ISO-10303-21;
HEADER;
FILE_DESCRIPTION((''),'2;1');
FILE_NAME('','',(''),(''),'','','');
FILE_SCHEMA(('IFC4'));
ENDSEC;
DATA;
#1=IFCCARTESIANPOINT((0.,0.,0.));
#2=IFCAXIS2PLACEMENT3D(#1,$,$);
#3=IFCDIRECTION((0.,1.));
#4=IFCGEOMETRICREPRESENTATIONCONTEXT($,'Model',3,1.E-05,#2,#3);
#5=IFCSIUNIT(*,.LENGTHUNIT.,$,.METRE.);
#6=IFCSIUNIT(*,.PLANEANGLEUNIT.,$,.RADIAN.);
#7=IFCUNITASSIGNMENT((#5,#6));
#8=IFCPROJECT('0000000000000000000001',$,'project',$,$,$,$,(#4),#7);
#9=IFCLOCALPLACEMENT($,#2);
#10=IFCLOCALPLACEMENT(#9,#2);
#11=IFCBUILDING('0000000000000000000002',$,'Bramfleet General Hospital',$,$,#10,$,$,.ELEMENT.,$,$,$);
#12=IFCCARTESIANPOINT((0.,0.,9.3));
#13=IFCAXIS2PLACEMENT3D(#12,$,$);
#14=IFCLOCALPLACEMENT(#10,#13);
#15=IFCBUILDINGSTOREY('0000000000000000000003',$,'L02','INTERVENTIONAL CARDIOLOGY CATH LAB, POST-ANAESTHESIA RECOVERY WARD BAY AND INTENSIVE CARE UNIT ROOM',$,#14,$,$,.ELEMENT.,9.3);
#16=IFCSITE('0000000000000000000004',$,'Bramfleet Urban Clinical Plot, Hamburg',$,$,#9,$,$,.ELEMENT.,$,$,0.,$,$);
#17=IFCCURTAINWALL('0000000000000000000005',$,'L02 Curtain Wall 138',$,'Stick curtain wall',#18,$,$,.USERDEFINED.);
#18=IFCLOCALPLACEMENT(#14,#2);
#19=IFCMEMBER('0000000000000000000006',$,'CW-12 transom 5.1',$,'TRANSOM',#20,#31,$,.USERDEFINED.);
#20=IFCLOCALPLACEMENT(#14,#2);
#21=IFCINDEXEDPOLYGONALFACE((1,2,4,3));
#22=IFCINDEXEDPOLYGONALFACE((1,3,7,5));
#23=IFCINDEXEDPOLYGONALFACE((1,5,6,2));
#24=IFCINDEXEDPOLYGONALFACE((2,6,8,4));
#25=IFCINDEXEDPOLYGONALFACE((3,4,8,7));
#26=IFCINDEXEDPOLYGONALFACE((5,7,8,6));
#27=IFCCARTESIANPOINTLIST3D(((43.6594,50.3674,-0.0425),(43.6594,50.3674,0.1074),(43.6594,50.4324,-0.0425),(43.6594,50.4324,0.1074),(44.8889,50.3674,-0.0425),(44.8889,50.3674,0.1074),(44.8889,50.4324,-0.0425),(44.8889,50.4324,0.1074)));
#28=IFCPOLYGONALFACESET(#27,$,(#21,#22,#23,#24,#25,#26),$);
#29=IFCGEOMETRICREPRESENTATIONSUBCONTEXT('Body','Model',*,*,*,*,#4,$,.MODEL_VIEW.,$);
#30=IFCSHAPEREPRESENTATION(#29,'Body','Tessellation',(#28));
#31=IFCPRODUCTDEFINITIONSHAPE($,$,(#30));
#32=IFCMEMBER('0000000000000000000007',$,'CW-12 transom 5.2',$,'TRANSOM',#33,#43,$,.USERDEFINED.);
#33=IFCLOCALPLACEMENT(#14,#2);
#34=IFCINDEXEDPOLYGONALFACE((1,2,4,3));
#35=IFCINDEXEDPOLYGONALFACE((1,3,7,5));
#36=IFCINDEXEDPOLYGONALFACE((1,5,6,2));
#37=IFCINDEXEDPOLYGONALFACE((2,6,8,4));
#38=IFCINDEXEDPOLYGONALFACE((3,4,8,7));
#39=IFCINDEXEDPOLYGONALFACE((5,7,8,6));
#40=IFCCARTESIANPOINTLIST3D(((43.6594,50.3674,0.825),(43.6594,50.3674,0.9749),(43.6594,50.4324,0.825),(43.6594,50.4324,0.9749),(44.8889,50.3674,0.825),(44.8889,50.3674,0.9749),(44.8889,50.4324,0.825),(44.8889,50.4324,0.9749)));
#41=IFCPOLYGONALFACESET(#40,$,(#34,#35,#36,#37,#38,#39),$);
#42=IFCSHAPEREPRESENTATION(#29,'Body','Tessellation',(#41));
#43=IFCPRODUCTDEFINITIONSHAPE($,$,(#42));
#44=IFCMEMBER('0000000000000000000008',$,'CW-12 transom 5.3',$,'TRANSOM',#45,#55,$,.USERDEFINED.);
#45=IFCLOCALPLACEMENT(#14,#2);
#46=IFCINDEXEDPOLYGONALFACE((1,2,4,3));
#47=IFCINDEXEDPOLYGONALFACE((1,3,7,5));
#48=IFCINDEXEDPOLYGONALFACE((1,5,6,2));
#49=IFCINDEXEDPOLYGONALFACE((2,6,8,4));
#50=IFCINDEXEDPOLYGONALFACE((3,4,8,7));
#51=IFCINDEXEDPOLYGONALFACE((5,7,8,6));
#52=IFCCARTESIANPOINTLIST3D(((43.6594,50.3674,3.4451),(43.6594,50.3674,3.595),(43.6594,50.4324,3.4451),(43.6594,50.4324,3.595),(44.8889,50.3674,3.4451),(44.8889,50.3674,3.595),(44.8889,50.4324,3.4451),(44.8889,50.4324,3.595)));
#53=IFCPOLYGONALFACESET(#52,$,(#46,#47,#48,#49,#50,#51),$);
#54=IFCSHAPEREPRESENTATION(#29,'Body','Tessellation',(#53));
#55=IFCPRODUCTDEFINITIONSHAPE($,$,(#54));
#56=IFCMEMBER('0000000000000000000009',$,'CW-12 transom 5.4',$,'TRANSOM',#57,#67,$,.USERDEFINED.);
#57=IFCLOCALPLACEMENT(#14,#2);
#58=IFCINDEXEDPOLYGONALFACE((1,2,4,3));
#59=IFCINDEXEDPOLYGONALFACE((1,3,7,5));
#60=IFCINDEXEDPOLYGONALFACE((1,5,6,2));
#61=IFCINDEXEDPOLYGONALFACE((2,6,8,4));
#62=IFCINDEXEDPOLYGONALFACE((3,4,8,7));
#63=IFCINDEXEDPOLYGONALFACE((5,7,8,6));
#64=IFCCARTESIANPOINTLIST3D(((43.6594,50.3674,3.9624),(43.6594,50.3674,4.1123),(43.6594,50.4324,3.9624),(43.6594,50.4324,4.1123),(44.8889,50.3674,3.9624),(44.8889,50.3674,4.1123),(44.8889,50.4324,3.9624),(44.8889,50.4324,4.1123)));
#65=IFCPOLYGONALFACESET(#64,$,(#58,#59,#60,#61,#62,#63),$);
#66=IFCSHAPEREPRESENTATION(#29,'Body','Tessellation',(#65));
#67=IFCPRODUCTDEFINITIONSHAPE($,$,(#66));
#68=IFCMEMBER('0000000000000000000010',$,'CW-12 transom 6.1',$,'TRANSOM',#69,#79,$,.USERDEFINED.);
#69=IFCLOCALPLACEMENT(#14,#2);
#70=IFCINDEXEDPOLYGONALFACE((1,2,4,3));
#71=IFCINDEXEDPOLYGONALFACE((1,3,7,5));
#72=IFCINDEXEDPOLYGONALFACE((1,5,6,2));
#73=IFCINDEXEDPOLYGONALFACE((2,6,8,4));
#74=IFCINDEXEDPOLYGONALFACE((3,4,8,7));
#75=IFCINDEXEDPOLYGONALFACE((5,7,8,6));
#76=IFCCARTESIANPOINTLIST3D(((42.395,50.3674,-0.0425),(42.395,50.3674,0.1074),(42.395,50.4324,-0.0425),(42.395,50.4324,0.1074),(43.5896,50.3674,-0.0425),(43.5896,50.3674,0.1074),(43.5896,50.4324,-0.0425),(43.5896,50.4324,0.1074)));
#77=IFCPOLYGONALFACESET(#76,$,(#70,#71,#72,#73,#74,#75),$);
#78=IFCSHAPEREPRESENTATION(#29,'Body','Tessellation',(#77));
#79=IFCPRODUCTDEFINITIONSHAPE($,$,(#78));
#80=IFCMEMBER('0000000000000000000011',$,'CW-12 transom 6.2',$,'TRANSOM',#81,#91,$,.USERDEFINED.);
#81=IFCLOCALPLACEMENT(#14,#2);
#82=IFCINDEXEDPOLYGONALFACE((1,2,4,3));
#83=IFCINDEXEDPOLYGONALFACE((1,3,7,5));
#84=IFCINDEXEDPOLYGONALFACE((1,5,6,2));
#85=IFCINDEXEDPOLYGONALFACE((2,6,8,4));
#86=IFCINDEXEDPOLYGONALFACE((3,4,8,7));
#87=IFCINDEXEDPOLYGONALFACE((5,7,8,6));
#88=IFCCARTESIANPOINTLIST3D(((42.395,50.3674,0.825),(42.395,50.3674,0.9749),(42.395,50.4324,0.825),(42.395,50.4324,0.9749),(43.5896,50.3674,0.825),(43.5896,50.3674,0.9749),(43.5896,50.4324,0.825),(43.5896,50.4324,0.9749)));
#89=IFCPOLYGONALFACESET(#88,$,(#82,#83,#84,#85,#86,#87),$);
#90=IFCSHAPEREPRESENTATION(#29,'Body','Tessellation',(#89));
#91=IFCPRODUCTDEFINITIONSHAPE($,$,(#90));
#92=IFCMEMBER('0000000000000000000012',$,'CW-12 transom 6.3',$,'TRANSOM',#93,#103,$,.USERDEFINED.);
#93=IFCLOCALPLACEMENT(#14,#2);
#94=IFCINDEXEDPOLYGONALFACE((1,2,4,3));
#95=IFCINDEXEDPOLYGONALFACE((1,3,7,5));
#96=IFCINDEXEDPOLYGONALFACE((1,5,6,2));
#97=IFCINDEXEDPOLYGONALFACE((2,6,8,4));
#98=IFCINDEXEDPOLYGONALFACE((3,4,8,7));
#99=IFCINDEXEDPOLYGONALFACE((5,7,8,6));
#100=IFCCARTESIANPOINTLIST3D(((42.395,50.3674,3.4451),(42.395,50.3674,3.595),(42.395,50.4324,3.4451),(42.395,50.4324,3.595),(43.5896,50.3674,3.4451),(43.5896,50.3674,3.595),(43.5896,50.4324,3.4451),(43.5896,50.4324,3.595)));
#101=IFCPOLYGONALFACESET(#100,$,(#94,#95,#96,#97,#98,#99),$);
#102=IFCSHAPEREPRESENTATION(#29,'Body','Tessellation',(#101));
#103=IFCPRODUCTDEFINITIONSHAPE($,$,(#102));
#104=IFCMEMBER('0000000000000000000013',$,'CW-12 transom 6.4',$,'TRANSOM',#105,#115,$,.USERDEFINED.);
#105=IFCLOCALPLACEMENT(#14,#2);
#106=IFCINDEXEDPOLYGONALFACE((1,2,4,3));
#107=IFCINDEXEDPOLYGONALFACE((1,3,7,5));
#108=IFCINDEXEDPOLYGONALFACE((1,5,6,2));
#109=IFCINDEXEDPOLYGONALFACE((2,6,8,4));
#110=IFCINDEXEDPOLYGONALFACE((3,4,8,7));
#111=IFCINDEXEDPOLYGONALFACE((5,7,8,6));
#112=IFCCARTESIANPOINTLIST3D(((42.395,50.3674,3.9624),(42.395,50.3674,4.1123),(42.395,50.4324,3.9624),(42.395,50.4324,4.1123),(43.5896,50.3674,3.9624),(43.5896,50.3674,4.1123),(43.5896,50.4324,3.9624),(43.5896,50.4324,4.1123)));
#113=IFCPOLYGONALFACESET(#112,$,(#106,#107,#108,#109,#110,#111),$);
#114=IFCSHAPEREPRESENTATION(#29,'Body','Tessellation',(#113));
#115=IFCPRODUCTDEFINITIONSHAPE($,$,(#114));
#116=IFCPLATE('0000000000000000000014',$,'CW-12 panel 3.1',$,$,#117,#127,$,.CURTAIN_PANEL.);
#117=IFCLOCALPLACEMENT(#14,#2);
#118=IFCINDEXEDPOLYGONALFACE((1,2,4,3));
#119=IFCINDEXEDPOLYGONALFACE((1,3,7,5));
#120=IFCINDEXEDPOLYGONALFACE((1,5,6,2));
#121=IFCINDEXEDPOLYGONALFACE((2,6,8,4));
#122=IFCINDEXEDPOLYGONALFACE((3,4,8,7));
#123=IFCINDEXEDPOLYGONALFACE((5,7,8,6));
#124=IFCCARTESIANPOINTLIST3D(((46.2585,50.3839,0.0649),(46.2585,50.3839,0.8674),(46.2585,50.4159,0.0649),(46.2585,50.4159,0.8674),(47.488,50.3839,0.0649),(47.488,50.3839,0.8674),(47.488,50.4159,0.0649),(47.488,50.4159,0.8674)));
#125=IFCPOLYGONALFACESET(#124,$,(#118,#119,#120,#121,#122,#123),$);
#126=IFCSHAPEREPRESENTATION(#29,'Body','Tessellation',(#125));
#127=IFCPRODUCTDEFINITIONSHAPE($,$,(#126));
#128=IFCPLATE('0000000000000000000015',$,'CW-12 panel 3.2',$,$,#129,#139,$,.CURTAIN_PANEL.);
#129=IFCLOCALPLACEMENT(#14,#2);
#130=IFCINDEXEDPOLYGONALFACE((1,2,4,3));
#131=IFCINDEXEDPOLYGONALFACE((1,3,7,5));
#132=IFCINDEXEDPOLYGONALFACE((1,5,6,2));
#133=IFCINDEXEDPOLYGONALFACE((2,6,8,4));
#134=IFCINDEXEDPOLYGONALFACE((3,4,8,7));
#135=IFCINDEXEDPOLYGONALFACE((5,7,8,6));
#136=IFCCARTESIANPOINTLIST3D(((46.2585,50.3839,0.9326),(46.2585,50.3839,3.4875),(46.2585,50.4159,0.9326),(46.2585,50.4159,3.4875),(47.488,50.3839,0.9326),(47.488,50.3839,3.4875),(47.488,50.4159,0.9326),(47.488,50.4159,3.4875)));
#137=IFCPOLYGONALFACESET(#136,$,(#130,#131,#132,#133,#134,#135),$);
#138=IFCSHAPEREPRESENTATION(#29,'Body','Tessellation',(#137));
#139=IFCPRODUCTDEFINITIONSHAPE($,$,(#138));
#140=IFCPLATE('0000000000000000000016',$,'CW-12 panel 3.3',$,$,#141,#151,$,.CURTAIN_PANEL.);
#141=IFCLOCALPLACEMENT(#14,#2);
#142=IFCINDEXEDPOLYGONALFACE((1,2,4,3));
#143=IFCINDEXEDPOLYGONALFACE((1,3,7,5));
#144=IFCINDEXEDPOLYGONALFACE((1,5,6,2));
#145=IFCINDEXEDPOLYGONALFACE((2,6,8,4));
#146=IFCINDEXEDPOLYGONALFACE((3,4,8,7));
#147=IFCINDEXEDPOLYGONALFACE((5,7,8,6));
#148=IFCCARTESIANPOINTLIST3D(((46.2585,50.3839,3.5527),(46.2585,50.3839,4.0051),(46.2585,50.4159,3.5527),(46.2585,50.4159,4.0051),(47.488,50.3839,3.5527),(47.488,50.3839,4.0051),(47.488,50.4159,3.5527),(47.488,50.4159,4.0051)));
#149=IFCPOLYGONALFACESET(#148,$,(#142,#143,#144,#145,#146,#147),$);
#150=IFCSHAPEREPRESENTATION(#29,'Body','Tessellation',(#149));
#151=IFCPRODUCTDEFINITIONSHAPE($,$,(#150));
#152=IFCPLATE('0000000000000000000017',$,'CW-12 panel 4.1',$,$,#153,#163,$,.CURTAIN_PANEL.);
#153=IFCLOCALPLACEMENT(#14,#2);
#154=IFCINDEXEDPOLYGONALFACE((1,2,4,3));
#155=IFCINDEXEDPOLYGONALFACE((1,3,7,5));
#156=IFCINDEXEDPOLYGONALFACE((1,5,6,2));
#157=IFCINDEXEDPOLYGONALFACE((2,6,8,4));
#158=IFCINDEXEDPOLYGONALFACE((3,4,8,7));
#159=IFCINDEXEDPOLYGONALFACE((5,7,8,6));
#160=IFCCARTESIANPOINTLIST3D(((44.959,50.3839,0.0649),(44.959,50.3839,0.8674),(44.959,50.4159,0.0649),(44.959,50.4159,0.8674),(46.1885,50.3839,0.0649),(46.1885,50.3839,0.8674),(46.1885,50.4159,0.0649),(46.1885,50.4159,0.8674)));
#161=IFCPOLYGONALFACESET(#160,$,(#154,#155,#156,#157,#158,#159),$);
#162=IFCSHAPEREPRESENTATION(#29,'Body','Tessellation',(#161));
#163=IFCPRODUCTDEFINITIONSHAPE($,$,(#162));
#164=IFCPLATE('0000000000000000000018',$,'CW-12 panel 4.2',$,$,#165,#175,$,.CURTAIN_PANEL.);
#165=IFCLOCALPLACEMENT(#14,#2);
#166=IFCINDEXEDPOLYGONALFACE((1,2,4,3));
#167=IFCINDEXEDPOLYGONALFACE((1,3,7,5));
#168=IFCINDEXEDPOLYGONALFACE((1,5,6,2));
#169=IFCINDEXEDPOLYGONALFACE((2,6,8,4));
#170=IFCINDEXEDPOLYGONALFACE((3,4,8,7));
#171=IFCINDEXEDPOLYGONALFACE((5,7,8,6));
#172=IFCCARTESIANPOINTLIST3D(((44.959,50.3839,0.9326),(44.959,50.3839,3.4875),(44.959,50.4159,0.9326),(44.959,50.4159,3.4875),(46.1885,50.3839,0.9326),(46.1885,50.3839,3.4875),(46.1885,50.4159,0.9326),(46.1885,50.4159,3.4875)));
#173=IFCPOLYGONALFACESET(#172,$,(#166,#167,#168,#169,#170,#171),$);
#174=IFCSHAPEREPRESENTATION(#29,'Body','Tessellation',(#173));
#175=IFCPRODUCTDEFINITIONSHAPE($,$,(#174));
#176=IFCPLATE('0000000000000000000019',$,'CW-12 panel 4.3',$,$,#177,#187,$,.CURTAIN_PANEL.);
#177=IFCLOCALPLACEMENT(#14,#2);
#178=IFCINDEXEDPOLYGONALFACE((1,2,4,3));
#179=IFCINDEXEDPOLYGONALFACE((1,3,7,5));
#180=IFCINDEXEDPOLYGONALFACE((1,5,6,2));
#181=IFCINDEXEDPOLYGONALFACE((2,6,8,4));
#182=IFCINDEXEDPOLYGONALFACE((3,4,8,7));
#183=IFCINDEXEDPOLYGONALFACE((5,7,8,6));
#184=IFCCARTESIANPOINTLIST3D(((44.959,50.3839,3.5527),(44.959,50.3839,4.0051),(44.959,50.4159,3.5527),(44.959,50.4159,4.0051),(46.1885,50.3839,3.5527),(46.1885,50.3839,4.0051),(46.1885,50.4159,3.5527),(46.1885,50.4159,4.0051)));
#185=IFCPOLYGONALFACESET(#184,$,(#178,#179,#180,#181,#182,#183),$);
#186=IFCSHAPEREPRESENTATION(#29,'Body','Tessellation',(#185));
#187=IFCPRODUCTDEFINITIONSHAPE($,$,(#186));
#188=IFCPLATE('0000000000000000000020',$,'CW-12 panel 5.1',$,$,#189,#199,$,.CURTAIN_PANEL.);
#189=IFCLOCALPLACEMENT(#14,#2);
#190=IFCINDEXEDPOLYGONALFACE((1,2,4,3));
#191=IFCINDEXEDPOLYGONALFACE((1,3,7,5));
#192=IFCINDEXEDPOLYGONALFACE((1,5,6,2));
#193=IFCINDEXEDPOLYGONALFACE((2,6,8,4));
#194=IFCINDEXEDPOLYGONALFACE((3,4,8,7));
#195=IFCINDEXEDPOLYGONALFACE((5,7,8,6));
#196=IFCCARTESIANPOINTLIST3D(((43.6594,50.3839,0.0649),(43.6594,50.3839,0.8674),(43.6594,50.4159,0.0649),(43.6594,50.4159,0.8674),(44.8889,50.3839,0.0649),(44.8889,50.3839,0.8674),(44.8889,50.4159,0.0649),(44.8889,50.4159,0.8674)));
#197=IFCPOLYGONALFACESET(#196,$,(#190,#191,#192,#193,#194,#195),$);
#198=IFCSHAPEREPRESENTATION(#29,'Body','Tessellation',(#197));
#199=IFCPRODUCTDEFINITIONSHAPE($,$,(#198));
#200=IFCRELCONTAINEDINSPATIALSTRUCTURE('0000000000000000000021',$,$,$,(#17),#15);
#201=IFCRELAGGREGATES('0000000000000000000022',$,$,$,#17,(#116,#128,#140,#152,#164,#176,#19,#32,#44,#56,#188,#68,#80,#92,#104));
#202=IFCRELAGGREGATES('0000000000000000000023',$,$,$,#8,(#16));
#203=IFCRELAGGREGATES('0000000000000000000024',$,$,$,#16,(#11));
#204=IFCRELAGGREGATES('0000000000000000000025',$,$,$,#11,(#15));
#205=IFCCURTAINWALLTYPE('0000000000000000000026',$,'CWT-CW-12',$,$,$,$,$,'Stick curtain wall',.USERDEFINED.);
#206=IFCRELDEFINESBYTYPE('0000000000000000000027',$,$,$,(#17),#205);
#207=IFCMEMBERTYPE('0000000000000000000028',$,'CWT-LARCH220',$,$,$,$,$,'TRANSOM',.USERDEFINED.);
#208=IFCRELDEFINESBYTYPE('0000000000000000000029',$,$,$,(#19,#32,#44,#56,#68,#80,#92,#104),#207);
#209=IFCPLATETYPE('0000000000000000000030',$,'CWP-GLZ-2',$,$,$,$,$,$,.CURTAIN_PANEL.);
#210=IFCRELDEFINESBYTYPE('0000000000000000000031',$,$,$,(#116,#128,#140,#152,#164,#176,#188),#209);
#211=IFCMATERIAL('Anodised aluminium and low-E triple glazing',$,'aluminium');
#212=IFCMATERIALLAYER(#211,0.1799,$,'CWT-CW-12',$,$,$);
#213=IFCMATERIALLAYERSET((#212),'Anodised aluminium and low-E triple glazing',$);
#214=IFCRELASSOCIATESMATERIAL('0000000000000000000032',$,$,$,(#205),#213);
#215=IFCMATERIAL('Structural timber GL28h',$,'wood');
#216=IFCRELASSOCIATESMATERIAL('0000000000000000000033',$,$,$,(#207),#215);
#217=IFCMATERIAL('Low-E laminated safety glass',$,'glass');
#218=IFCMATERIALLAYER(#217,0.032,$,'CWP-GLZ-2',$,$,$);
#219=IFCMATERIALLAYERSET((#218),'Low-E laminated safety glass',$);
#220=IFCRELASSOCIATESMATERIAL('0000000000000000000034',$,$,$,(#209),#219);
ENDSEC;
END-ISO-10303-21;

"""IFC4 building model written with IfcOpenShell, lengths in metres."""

from ifc_helpers import new_model, si_unit, direction, frame, origin, origin_2d, place, context, subcontext, project, spatial, rectangle, extrude, material, layer, layer_set, material_profile, profile_set, type_object, element, aggregate, save


model = new_model("IFC4")

# Units and contexts
model_context = context("Model", 3, precision=1e-05, world=origin(), true_north=direction((0.0, 1.0)))
body_context = subcontext(model_context, "Body", "Model", "MODEL_VIEW")
ifc_project = project(units=[si_unit("LENGTHUNIT", "METRE"), si_unit("PLANEANGLEUNIT", "RADIAN")], contexts=[model_context])

# Site, building, storey
site_placement = place(None, origin())
site = spatial("IfcSite", under=ifc_project, at=site_placement, Name="Bramfleet Urban Clinical Plot, Hamburg", CompositionType="ELEMENT", RefElevation=0.0)
building_placement = place(site_placement, origin())
building = spatial("IfcBuilding", under=site, at=building_placement, Name="Bramfleet General Hospital", CompositionType="ELEMENT")
storey_placement = place(building_placement, frame((0.0, 0.0, 9.3)))
storey = spatial("IfcBuildingStorey", under=building, at=storey_placement, Name="L02", Description="INTERVENTIONAL CARDIOLOGY CATH LAB, POST-ANAESTHESIA RECOVERY WARD BAY AND INTENSIVE CARE UNIT ROOM", CompositionType="ELEMENT", Elevation=9.3)

# Curtain wall
ifc_material_1 = material(Name="Anodised aluminium and low-E triple glazing", Category="aluminium")
ifc_layer_1 = layer(ifc_material_1, 0.1799, Name="CWT-CW-12")
ifc_layer_set_1 = layer_set([ifc_layer_1], Name="Anodised aluminium and low-E triple glazing")
curtain_wall_type_1 = type_object("IfcCurtainWallType", Name="CWT-CW-12", ElementType="Stick curtain wall", PredefinedType="USERDEFINED", material=ifc_layer_set_1)
curtain_wall_1_placement = place(storey_placement, origin())
curtain_wall_1 = element("IfcCurtainWall", 1, at=curtain_wall_1_placement, inside=storey, type_object=curtain_wall_type_1, Name="L02 Curtain Wall 138", ObjectType="Stick curtain wall", PredefinedType="USERDEFINED")
ifc_material_2 = material(Name="Structural timber GL28h", Category="wood")

# Members
ifc_material_profile_1 = material_profile(ifc_material_2, rectangle(XDim=0.0649, YDim=0.1499, at=origin_2d()), Name="LARCH 150x65")
ifc_profile_set_1 = profile_set([ifc_material_profile_1], Name="Structural timber GL28h")
member_type_1 = type_object("IfcMemberType", Name="CWT-LARCH220", ElementType="TRANSOM", PredefinedType="USERDEFINED", material=ifc_profile_set_1)
member_1_placement = place(storey_placement, frame((44.8889, 50.3999, 0.0325), z_axis=(-1.0, 0.0, 0.0), x_axis=(0.0, -1.0, 0.0)))
member_1 = element("IfcMember", 2, at=member_1_placement, type_object=member_type_1, Name="CW-12 transom 5.1", ObjectType="TRANSOM", PredefinedType="USERDEFINED", context=body_context, shape_type="SweptSolid", body=[
    extrude(rectangle(XDim=0.0649, YDim=0.1499, at=origin_2d()), origin(), (0.0, 0.0, 1.0), 1.2295),
])
member_2_placement = place(storey_placement, frame((44.8889, 50.3999, 0.8999), z_axis=(-1.0, 0.0, 0.0), x_axis=(0.0, -1.0, 0.0)))
member_2 = element("IfcMember", 3, at=member_2_placement, type_object=member_type_1, Name="CW-12 transom 5.2", ObjectType="TRANSOM", PredefinedType="USERDEFINED", context=body_context, shape_type="SweptSolid", body=[
    extrude(rectangle(XDim=0.0649, YDim=0.1499, at=origin_2d()), origin(), (0.0, 0.0, 1.0), 1.2295),
])
member_3_placement = place(storey_placement, frame((44.8889, 50.3999, 3.52), z_axis=(-1.0, 0.0, 0.0), x_axis=(0.0, -1.0, 0.0)))
member_3 = element("IfcMember", 4, at=member_3_placement, type_object=member_type_1, Name="CW-12 transom 5.3", ObjectType="TRANSOM", PredefinedType="USERDEFINED", context=body_context, shape_type="SweptSolid", body=[
    extrude(rectangle(XDim=0.0649, YDim=0.1499, at=origin_2d()), origin(), (0.0, 0.0, 1.0), 1.2295),
])
member_4_placement = place(storey_placement, frame((44.8889, 50.3999, 4.0374), z_axis=(-1.0, 0.0, 0.0), x_axis=(0.0, -1.0, 0.0)))
member_4 = element("IfcMember", 5, at=member_4_placement, type_object=member_type_1, Name="CW-12 transom 5.4", ObjectType="TRANSOM", PredefinedType="USERDEFINED", context=body_context, shape_type="SweptSolid", body=[
    extrude(rectangle(XDim=0.0649, YDim=0.1499, at=origin_2d()), origin(), (0.0, 0.0, 1.0), 1.2295),
])
member_5_placement = place(storey_placement, frame((43.5896, 50.3999, 0.0325), z_axis=(-1.0, 0.0, 0.0), x_axis=(0.0, -1.0, 0.0)))
member_5 = element("IfcMember", 6, at=member_5_placement, type_object=member_type_1, Name="CW-12 transom 6.1", ObjectType="TRANSOM", PredefinedType="USERDEFINED", context=body_context, shape_type="SweptSolid", body=[
    extrude(rectangle(XDim=0.0649, YDim=0.1499, at=origin_2d()), origin(), (0.0, 0.0, 1.0), 1.1946),
])
member_6_placement = place(storey_placement, frame((43.5896, 50.3999, 0.8999), z_axis=(-1.0, 0.0, 0.0), x_axis=(0.0, -1.0, 0.0)))
member_6 = element("IfcMember", 7, at=member_6_placement, type_object=member_type_1, Name="CW-12 transom 6.2", ObjectType="TRANSOM", PredefinedType="USERDEFINED", context=body_context, shape_type="SweptSolid", body=[
    extrude(rectangle(XDim=0.0649, YDim=0.1499, at=origin_2d()), origin(), (0.0, 0.0, 1.0), 1.1946),
])
member_7_placement = place(storey_placement, frame((43.5896, 50.3999, 3.52), z_axis=(-1.0, 0.0, 0.0), x_axis=(0.0, -1.0, 0.0)))
member_7 = element("IfcMember", 8, at=member_7_placement, type_object=member_type_1, Name="CW-12 transom 6.3", ObjectType="TRANSOM", PredefinedType="USERDEFINED", context=body_context, shape_type="SweptSolid", body=[
    extrude(rectangle(XDim=0.0649, YDim=0.1499, at=origin_2d()), origin(), (0.0, 0.0, 1.0), 1.1946),
])
member_8_placement = place(storey_placement, frame((43.5896, 50.3999, 4.0374), z_axis=(-1.0, 0.0, 0.0), x_axis=(0.0, -1.0, 0.0)))
member_8 = element("IfcMember", 9, at=member_8_placement, type_object=member_type_1, Name="CW-12 transom 6.4", ObjectType="TRANSOM", PredefinedType="USERDEFINED", context=body_context, shape_type="SweptSolid", body=[
    extrude(rectangle(XDim=0.0649, YDim=0.1499, at=origin_2d()), origin(), (0.0, 0.0, 1.0), 1.1946),
])

# Plates
ifc_material_3 = material(Name="Low-E laminated safety glass", Category="glass")
ifc_layer_2 = layer(ifc_material_3, 0.032, Name="CWP-GLZ-2")
ifc_layer_set_2 = layer_set([ifc_layer_2], Name="Low-E laminated safety glass")
plate_type = type_object("IfcPlateType", Name="CWP-GLZ-2", PredefinedType="CURTAIN_PANEL", material=ifc_layer_set_2)
plate_1_placement = place(storey_placement, frame((46.8733, 50.3999, 0.0649), z_axis=(0.0, 0.0, 1.0), x_axis=(-1.0, 0.0, 0.0)))
plate_1 = element("IfcPlate", 10, at=plate_1_placement, type_object=plate_type, Name="CW-12 panel 3.1", PredefinedType="CURTAIN_PANEL", context=body_context, shape_type="SweptSolid", body=[
    extrude(rectangle(XDim=1.2295, YDim=0.032, at=origin_2d()), origin(), (0.0, 0.0, 1.0), 0.8025),
])
plate_2_placement = place(storey_placement, frame((46.8733, 50.3999, 0.9326), z_axis=(0.0, 0.0, 1.0), x_axis=(-1.0, 0.0, 0.0)))
plate_2 = element("IfcPlate", 11, at=plate_2_placement, type_object=plate_type, Name="CW-12 panel 3.2", PredefinedType="CURTAIN_PANEL", context=body_context, shape_type="SweptSolid", body=[
    extrude(rectangle(XDim=1.2295, YDim=0.032, at=origin_2d()), origin(), (0.0, 0.0, 1.0), 2.5549),
])
plate_3_placement = place(storey_placement, frame((46.8733, 50.3999, 3.5527), z_axis=(0.0, 0.0, 1.0), x_axis=(-1.0, 0.0, 0.0)))
plate_3 = element("IfcPlate", 12, at=plate_3_placement, type_object=plate_type, Name="CW-12 panel 3.3", PredefinedType="CURTAIN_PANEL", context=body_context, shape_type="SweptSolid", body=[
    extrude(rectangle(XDim=1.2295, YDim=0.032, at=origin_2d()), origin(), (0.0, 0.0, 1.0), 0.4524),
])
plate_4_placement = place(storey_placement, frame((45.5737, 50.3999, 0.0649), z_axis=(0.0, 0.0, 1.0), x_axis=(-1.0, 0.0, 0.0)))
plate_4 = element("IfcPlate", 13, at=plate_4_placement, type_object=plate_type, Name="CW-12 panel 4.1", PredefinedType="CURTAIN_PANEL", context=body_context, shape_type="SweptSolid", body=[
    extrude(rectangle(XDim=1.2295, YDim=0.032, at=origin_2d()), origin(), (0.0, 0.0, 1.0), 0.8025),
])
plate_5_placement = place(storey_placement, frame((45.5737, 50.3999, 0.9326), z_axis=(0.0, 0.0, 1.0), x_axis=(-1.0, 0.0, 0.0)))
plate_5 = element("IfcPlate", 14, at=plate_5_placement, type_object=plate_type, Name="CW-12 panel 4.2", PredefinedType="CURTAIN_PANEL", context=body_context, shape_type="SweptSolid", body=[
    extrude(rectangle(XDim=1.2295, YDim=0.032, at=origin_2d()), origin(), (0.0, 0.0, 1.0), 2.5549),
])
plate_6_placement = place(storey_placement, frame((45.5737, 50.3999, 3.5527), z_axis=(0.0, 0.0, 1.0), x_axis=(-1.0, 0.0, 0.0)))
plate_6 = element("IfcPlate", 15, at=plate_6_placement, type_object=plate_type, Name="CW-12 panel 4.3", PredefinedType="CURTAIN_PANEL", context=body_context, shape_type="SweptSolid", body=[
    extrude(rectangle(XDim=1.2295, YDim=0.032, at=origin_2d()), origin(), (0.0, 0.0, 1.0), 0.4524),
])
plate_7_placement = place(storey_placement, frame((44.2742, 50.3999, 0.0649), z_axis=(0.0, 0.0, 1.0), x_axis=(-1.0, 0.0, 0.0)))
plate_7 = element("IfcPlate", 16, at=plate_7_placement, type_object=plate_type, Name="CW-12 panel 5.1", PredefinedType="CURTAIN_PANEL", context=body_context, shape_type="SweptSolid", body=[
    extrude(rectangle(XDim=1.2295, YDim=0.032, at=origin_2d()), origin(), (0.0, 0.0, 1.0), 0.8025),
])
aggregate(curtain_wall_1, [plate_1, plate_2, plate_3, plate_4, plate_5, plate_6, member_1, member_2, member_3, member_4, plate_7, member_5, member_6, member_7, member_8])

save(model, "model.ifc")
